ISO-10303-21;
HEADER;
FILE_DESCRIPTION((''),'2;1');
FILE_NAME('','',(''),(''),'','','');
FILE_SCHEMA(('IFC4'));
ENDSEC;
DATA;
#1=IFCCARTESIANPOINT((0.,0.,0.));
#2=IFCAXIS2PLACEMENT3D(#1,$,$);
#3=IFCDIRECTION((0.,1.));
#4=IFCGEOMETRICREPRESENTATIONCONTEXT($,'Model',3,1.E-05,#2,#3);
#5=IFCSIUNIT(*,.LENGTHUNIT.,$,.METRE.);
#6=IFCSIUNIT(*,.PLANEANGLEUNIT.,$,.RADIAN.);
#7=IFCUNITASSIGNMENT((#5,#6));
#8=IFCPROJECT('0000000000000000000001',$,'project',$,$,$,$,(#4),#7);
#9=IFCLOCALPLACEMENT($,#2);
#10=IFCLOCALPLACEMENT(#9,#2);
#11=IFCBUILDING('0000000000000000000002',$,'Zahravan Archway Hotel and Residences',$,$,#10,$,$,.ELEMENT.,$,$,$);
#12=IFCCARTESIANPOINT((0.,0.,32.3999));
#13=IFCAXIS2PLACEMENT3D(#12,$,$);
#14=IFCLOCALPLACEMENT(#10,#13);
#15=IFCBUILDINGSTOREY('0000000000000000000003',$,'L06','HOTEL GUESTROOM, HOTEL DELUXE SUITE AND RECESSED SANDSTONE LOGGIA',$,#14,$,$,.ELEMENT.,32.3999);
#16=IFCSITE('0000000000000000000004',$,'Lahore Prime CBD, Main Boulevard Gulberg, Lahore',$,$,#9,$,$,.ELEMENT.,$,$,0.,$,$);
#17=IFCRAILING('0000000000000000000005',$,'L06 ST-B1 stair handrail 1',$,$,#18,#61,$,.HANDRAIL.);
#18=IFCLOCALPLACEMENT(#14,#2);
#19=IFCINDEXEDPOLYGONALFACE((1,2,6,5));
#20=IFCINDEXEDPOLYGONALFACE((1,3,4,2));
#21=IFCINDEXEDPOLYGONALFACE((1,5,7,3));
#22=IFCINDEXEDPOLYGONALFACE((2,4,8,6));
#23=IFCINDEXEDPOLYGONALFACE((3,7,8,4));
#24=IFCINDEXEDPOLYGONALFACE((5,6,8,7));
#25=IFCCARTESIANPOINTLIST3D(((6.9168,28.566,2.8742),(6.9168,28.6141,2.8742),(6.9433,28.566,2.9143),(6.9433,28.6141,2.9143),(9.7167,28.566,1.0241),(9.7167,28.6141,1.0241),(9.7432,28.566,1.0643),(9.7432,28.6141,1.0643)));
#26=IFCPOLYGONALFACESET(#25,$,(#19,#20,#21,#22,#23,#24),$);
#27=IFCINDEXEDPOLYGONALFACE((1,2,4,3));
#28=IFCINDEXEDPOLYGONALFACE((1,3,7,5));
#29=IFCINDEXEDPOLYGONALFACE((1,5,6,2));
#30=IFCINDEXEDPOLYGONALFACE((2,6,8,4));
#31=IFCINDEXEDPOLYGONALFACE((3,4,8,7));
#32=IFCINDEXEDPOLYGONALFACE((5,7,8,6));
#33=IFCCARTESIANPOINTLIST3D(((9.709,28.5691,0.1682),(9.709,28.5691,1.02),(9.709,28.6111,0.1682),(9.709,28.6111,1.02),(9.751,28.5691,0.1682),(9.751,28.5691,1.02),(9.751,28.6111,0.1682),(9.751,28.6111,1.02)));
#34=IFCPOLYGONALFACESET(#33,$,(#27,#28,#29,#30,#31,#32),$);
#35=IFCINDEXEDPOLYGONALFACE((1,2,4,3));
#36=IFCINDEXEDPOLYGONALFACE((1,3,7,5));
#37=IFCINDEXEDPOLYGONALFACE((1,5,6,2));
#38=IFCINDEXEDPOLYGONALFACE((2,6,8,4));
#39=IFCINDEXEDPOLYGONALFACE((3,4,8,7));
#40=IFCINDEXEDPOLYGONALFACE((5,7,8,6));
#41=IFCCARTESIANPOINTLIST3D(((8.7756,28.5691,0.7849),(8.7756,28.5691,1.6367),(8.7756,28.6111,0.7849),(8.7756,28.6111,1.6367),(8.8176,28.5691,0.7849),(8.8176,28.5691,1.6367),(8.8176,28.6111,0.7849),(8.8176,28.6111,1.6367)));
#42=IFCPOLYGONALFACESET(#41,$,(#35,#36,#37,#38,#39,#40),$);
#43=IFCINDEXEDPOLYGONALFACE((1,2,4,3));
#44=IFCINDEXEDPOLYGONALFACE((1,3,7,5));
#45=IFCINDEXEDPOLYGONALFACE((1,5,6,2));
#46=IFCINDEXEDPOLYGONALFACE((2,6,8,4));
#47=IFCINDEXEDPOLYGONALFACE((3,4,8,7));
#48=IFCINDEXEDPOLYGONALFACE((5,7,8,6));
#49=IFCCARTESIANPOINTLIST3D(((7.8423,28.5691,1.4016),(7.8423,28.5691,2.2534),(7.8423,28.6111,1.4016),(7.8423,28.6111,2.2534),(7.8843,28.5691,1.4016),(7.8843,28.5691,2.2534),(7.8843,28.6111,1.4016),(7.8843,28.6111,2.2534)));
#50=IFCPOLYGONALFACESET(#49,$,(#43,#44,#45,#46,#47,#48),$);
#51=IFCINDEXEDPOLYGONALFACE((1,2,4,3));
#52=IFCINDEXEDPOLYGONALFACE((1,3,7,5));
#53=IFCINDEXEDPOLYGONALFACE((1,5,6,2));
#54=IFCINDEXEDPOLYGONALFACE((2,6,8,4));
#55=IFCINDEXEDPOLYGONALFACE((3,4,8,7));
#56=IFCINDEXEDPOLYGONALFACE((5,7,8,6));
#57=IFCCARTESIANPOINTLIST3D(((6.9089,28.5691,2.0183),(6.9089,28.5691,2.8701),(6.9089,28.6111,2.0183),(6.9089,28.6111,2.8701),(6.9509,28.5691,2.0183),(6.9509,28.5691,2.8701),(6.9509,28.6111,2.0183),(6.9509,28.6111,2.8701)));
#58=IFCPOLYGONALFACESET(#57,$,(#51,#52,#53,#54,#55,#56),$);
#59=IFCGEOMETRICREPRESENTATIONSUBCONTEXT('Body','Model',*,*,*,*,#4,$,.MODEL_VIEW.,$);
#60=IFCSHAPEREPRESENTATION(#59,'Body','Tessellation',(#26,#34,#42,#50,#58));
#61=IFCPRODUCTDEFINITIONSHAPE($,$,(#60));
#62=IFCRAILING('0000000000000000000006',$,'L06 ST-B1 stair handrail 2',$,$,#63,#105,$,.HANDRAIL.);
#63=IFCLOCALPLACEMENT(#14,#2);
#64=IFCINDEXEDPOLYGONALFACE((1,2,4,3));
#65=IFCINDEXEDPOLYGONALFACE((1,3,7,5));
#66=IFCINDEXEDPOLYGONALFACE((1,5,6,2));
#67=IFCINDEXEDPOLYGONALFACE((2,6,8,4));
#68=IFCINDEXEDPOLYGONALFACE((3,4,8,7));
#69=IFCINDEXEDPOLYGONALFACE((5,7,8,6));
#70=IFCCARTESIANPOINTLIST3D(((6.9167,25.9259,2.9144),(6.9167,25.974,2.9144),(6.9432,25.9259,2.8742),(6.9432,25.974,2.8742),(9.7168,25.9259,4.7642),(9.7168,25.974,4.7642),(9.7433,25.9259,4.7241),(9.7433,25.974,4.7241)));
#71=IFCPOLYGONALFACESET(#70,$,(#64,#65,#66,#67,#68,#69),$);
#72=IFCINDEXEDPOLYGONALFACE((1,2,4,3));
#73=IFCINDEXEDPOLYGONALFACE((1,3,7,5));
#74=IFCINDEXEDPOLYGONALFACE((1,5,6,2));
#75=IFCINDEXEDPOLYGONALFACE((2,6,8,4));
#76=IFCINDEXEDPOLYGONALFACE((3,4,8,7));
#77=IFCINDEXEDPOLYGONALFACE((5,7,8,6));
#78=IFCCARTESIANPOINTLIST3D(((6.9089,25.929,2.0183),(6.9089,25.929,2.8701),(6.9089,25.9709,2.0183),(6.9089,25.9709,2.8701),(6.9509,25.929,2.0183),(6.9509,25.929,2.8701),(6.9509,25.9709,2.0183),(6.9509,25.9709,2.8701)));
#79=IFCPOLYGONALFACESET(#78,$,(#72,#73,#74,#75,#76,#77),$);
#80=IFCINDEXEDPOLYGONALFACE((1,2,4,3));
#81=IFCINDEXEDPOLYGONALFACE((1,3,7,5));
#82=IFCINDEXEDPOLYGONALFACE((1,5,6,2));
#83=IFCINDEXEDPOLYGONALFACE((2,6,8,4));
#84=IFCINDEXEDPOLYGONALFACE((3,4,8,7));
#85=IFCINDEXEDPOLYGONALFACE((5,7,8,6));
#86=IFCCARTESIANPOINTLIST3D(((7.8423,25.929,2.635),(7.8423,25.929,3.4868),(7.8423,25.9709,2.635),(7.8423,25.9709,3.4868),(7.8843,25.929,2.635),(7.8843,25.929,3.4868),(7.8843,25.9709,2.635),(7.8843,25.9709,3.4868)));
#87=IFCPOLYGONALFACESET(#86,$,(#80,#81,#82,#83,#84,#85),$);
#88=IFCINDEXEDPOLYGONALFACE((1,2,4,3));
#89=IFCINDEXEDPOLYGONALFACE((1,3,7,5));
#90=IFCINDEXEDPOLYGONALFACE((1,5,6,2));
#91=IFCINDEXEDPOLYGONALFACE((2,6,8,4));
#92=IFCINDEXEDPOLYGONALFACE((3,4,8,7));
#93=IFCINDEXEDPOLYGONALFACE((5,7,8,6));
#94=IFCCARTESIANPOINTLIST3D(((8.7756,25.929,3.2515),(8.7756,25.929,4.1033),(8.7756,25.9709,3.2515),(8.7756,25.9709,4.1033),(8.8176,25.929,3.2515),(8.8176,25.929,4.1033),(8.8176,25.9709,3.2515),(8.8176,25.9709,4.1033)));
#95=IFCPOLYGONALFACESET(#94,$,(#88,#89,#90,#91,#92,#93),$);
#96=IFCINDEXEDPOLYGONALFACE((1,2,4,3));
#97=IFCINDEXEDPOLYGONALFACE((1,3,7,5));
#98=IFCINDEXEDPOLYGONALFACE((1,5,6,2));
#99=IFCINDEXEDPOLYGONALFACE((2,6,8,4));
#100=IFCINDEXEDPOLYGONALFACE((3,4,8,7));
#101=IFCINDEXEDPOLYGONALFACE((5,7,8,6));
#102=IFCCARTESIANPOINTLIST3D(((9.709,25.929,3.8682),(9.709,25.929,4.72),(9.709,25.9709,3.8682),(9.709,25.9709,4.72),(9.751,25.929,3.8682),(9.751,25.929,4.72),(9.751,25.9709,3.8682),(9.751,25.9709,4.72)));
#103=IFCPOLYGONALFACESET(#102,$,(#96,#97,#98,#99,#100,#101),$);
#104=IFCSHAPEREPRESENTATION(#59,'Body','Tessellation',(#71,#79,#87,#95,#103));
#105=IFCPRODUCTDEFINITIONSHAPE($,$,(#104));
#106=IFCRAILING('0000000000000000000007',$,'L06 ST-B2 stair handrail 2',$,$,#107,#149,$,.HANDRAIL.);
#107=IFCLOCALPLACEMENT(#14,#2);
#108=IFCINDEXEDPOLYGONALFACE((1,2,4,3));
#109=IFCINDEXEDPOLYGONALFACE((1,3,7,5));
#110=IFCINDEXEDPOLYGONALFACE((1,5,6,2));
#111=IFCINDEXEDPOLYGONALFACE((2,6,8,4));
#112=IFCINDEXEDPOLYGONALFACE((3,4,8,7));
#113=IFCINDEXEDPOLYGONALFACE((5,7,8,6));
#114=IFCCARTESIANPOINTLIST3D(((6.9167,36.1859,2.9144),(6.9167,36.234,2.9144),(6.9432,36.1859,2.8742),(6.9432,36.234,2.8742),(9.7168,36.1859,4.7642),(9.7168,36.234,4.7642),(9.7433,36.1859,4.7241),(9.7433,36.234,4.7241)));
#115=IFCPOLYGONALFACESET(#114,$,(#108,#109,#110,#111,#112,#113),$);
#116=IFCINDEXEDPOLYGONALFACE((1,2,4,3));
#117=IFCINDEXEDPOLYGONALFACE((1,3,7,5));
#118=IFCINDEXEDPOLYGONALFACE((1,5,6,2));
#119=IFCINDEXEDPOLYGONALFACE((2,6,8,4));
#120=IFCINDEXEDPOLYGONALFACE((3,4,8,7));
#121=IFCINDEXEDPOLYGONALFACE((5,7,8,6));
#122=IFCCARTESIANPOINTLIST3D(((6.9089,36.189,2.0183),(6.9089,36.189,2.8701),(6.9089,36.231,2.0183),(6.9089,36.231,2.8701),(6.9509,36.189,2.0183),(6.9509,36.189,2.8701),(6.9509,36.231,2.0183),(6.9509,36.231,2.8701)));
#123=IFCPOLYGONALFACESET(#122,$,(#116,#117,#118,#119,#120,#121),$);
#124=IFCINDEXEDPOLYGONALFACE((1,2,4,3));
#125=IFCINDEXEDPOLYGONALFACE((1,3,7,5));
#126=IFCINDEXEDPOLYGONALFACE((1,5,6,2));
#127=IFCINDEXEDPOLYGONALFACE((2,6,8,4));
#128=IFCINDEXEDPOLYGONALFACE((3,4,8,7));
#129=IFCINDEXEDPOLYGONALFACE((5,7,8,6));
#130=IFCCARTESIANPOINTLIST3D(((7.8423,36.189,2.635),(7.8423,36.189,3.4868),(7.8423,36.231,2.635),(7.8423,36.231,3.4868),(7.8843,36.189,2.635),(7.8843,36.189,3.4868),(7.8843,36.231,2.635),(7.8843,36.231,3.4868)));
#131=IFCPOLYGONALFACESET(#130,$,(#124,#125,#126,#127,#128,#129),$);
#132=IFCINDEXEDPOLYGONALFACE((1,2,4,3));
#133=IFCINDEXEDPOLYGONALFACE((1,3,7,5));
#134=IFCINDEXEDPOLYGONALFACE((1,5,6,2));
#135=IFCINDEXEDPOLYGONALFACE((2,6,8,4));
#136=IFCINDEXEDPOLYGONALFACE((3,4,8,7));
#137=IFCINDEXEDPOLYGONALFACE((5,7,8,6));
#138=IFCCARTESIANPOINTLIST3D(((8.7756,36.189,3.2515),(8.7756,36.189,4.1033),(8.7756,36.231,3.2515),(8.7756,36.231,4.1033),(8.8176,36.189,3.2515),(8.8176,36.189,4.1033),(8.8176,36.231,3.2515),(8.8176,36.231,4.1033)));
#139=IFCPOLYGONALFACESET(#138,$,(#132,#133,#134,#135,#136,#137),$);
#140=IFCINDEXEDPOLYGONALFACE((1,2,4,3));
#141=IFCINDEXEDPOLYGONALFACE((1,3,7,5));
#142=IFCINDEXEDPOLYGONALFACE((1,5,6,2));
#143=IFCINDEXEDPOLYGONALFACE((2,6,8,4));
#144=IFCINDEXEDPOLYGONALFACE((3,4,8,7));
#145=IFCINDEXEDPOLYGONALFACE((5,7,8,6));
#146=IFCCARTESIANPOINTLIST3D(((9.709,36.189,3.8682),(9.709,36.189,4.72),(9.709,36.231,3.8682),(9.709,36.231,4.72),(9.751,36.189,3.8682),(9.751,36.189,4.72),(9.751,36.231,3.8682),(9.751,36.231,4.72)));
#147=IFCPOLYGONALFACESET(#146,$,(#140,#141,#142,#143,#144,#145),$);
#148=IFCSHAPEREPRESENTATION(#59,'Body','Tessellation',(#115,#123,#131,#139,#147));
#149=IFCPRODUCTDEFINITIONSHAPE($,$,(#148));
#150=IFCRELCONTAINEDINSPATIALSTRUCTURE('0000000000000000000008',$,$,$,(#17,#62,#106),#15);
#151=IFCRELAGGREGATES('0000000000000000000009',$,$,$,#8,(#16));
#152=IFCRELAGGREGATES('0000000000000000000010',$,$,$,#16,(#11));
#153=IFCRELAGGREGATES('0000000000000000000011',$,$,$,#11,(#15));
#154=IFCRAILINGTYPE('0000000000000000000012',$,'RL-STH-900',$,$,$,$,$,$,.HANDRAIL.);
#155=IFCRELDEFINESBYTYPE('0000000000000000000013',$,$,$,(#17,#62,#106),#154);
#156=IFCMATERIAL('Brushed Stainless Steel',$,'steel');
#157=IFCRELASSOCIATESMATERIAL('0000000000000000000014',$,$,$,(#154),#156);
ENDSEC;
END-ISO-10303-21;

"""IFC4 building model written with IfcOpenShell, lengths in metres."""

from ifc_helpers import new_model, si_unit, direction, frame, origin, origin_2d, place, context, subcontext, project, spatial, rectangle, extrude, material, type_object, element, save


model = new_model("IFC4")

# Units and contexts
model_context = context("Model", 3, precision=1e-05, world=origin(), true_north=direction((0.0, 1.0)))
body_context = subcontext(model_context, "Body", "Model", "MODEL_VIEW")
ifc_project = project(units=[si_unit("LENGTHUNIT", "METRE"), si_unit("PLANEANGLEUNIT", "RADIAN")], contexts=[model_context])

# Site, building, storey
site_placement = place(None, origin())
site = spatial("IfcSite", under=ifc_project, at=site_placement, Name="Lahore Prime CBD, Main Boulevard Gulberg, Lahore", CompositionType="ELEMENT", RefElevation=0.0)
building_placement = place(site_placement, origin())
building = spatial("IfcBuilding", under=site, at=building_placement, Name="Zahravan Archway Hotel and Residences", CompositionType="ELEMENT")
storey_placement = place(building_placement, frame((0.0, 0.0, 32.3999)))
storey = spatial("IfcBuildingStorey", under=building, at=storey_placement, Name="L06", Description="HOTEL GUESTROOM, HOTEL DELUXE SUITE AND RECESSED SANDSTONE LOGGIA", CompositionType="ELEMENT", Elevation=32.3999)

# Shared definitions
ifc_material_1 = material(Name="Brushed Stainless Steel", Category="steel")

# Railings
railing_type_1 = type_object("IfcRailingType", Name="RL-STH-900", PredefinedType="HANDRAIL", material=ifc_material_1)
railing_1_placement = place(storey_placement, frame((9.73, 28.5901, 0.1682)))
element("IfcRailing", 1, at=railing_1_placement, inside=storey, type_object=railing_type_1, Name="L06 ST-B1 stair handrail 1", PredefinedType="HANDRAIL", context=body_context, shape_type="SweptSolid", body=[
    extrude(rectangle(XDim=0.0481, YDim=0.0481, at=origin_2d()), frame((0.0, 0.0, 0.876), z_axis=(-0.834326, 0.0, 0.551271), x_axis=(0.0, -1.0, 0.0)), (0.0, 0.0, 1.0), 3.356),
    extrude(rectangle(XDim=0.042, YDim=0.042, at=origin_2d()), origin(), (0.0, 0.0, 1.0), 0.8518),
    extrude(rectangle(XDim=0.042, YDim=0.042, at=origin_2d()), frame((-0.9333, 0.0, 0.6167)), (0.0, 0.0, 1.0), 0.8518),
    extrude(rectangle(XDim=0.042, YDim=0.042, at=origin_2d()), frame((-1.8667, 0.0, 1.2334)), (0.0, 0.0, 1.0), 0.8518),
    extrude(rectangle(XDim=0.042, YDim=0.042, at=origin_2d()), frame((-2.8, 0.0, 1.8501)), (0.0, 0.0, 1.0), 0.8518),
])
for number, where, name in (
    (2, (6.9299, 25.95, 2.0183), "L06 ST-B1 stair handrail 2"),
    (3, (6.9299, 36.21, 2.0183), "L06 ST-B2 stair handrail 2"),
):
    element("IfcRailing", number, at=place(storey_placement, frame(where)), inside=storey, type_object=railing_type_1, Name=name, PredefinedType="HANDRAIL", context=body_context, shape_type="SweptSolid", body=[
        extrude(rectangle(XDim=0.0481, YDim=0.0481, at=origin_2d()), frame((0.0, 0.0, 0.876), z_axis=(0.83436, 0.0, 0.55122), x_axis=(0.0, 1.0, 0.0)), (0.0, 0.0, 1.0), 3.356),
        extrude(rectangle(XDim=0.042, YDim=0.042, at=origin_2d()), origin(), (0.0, 0.0, 1.0), 0.8518),
        extrude(rectangle(XDim=0.042, YDim=0.042, at=origin_2d()), frame((0.9333, 0.0, 0.6167)), (0.0, 0.0, 1.0), 0.8518),
        extrude(rectangle(XDim=0.042, YDim=0.042, at=origin_2d()), frame((1.8667, 0.0, 1.2332)), (0.0, 0.0, 1.0), 0.8518),
        extrude(rectangle(XDim=0.042, YDim=0.042, at=origin_2d()), frame((2.8, 0.0, 1.8499)), (0.0, 0.0, 1.0), 0.8518),
    ])

save(model, "model.ifc")
